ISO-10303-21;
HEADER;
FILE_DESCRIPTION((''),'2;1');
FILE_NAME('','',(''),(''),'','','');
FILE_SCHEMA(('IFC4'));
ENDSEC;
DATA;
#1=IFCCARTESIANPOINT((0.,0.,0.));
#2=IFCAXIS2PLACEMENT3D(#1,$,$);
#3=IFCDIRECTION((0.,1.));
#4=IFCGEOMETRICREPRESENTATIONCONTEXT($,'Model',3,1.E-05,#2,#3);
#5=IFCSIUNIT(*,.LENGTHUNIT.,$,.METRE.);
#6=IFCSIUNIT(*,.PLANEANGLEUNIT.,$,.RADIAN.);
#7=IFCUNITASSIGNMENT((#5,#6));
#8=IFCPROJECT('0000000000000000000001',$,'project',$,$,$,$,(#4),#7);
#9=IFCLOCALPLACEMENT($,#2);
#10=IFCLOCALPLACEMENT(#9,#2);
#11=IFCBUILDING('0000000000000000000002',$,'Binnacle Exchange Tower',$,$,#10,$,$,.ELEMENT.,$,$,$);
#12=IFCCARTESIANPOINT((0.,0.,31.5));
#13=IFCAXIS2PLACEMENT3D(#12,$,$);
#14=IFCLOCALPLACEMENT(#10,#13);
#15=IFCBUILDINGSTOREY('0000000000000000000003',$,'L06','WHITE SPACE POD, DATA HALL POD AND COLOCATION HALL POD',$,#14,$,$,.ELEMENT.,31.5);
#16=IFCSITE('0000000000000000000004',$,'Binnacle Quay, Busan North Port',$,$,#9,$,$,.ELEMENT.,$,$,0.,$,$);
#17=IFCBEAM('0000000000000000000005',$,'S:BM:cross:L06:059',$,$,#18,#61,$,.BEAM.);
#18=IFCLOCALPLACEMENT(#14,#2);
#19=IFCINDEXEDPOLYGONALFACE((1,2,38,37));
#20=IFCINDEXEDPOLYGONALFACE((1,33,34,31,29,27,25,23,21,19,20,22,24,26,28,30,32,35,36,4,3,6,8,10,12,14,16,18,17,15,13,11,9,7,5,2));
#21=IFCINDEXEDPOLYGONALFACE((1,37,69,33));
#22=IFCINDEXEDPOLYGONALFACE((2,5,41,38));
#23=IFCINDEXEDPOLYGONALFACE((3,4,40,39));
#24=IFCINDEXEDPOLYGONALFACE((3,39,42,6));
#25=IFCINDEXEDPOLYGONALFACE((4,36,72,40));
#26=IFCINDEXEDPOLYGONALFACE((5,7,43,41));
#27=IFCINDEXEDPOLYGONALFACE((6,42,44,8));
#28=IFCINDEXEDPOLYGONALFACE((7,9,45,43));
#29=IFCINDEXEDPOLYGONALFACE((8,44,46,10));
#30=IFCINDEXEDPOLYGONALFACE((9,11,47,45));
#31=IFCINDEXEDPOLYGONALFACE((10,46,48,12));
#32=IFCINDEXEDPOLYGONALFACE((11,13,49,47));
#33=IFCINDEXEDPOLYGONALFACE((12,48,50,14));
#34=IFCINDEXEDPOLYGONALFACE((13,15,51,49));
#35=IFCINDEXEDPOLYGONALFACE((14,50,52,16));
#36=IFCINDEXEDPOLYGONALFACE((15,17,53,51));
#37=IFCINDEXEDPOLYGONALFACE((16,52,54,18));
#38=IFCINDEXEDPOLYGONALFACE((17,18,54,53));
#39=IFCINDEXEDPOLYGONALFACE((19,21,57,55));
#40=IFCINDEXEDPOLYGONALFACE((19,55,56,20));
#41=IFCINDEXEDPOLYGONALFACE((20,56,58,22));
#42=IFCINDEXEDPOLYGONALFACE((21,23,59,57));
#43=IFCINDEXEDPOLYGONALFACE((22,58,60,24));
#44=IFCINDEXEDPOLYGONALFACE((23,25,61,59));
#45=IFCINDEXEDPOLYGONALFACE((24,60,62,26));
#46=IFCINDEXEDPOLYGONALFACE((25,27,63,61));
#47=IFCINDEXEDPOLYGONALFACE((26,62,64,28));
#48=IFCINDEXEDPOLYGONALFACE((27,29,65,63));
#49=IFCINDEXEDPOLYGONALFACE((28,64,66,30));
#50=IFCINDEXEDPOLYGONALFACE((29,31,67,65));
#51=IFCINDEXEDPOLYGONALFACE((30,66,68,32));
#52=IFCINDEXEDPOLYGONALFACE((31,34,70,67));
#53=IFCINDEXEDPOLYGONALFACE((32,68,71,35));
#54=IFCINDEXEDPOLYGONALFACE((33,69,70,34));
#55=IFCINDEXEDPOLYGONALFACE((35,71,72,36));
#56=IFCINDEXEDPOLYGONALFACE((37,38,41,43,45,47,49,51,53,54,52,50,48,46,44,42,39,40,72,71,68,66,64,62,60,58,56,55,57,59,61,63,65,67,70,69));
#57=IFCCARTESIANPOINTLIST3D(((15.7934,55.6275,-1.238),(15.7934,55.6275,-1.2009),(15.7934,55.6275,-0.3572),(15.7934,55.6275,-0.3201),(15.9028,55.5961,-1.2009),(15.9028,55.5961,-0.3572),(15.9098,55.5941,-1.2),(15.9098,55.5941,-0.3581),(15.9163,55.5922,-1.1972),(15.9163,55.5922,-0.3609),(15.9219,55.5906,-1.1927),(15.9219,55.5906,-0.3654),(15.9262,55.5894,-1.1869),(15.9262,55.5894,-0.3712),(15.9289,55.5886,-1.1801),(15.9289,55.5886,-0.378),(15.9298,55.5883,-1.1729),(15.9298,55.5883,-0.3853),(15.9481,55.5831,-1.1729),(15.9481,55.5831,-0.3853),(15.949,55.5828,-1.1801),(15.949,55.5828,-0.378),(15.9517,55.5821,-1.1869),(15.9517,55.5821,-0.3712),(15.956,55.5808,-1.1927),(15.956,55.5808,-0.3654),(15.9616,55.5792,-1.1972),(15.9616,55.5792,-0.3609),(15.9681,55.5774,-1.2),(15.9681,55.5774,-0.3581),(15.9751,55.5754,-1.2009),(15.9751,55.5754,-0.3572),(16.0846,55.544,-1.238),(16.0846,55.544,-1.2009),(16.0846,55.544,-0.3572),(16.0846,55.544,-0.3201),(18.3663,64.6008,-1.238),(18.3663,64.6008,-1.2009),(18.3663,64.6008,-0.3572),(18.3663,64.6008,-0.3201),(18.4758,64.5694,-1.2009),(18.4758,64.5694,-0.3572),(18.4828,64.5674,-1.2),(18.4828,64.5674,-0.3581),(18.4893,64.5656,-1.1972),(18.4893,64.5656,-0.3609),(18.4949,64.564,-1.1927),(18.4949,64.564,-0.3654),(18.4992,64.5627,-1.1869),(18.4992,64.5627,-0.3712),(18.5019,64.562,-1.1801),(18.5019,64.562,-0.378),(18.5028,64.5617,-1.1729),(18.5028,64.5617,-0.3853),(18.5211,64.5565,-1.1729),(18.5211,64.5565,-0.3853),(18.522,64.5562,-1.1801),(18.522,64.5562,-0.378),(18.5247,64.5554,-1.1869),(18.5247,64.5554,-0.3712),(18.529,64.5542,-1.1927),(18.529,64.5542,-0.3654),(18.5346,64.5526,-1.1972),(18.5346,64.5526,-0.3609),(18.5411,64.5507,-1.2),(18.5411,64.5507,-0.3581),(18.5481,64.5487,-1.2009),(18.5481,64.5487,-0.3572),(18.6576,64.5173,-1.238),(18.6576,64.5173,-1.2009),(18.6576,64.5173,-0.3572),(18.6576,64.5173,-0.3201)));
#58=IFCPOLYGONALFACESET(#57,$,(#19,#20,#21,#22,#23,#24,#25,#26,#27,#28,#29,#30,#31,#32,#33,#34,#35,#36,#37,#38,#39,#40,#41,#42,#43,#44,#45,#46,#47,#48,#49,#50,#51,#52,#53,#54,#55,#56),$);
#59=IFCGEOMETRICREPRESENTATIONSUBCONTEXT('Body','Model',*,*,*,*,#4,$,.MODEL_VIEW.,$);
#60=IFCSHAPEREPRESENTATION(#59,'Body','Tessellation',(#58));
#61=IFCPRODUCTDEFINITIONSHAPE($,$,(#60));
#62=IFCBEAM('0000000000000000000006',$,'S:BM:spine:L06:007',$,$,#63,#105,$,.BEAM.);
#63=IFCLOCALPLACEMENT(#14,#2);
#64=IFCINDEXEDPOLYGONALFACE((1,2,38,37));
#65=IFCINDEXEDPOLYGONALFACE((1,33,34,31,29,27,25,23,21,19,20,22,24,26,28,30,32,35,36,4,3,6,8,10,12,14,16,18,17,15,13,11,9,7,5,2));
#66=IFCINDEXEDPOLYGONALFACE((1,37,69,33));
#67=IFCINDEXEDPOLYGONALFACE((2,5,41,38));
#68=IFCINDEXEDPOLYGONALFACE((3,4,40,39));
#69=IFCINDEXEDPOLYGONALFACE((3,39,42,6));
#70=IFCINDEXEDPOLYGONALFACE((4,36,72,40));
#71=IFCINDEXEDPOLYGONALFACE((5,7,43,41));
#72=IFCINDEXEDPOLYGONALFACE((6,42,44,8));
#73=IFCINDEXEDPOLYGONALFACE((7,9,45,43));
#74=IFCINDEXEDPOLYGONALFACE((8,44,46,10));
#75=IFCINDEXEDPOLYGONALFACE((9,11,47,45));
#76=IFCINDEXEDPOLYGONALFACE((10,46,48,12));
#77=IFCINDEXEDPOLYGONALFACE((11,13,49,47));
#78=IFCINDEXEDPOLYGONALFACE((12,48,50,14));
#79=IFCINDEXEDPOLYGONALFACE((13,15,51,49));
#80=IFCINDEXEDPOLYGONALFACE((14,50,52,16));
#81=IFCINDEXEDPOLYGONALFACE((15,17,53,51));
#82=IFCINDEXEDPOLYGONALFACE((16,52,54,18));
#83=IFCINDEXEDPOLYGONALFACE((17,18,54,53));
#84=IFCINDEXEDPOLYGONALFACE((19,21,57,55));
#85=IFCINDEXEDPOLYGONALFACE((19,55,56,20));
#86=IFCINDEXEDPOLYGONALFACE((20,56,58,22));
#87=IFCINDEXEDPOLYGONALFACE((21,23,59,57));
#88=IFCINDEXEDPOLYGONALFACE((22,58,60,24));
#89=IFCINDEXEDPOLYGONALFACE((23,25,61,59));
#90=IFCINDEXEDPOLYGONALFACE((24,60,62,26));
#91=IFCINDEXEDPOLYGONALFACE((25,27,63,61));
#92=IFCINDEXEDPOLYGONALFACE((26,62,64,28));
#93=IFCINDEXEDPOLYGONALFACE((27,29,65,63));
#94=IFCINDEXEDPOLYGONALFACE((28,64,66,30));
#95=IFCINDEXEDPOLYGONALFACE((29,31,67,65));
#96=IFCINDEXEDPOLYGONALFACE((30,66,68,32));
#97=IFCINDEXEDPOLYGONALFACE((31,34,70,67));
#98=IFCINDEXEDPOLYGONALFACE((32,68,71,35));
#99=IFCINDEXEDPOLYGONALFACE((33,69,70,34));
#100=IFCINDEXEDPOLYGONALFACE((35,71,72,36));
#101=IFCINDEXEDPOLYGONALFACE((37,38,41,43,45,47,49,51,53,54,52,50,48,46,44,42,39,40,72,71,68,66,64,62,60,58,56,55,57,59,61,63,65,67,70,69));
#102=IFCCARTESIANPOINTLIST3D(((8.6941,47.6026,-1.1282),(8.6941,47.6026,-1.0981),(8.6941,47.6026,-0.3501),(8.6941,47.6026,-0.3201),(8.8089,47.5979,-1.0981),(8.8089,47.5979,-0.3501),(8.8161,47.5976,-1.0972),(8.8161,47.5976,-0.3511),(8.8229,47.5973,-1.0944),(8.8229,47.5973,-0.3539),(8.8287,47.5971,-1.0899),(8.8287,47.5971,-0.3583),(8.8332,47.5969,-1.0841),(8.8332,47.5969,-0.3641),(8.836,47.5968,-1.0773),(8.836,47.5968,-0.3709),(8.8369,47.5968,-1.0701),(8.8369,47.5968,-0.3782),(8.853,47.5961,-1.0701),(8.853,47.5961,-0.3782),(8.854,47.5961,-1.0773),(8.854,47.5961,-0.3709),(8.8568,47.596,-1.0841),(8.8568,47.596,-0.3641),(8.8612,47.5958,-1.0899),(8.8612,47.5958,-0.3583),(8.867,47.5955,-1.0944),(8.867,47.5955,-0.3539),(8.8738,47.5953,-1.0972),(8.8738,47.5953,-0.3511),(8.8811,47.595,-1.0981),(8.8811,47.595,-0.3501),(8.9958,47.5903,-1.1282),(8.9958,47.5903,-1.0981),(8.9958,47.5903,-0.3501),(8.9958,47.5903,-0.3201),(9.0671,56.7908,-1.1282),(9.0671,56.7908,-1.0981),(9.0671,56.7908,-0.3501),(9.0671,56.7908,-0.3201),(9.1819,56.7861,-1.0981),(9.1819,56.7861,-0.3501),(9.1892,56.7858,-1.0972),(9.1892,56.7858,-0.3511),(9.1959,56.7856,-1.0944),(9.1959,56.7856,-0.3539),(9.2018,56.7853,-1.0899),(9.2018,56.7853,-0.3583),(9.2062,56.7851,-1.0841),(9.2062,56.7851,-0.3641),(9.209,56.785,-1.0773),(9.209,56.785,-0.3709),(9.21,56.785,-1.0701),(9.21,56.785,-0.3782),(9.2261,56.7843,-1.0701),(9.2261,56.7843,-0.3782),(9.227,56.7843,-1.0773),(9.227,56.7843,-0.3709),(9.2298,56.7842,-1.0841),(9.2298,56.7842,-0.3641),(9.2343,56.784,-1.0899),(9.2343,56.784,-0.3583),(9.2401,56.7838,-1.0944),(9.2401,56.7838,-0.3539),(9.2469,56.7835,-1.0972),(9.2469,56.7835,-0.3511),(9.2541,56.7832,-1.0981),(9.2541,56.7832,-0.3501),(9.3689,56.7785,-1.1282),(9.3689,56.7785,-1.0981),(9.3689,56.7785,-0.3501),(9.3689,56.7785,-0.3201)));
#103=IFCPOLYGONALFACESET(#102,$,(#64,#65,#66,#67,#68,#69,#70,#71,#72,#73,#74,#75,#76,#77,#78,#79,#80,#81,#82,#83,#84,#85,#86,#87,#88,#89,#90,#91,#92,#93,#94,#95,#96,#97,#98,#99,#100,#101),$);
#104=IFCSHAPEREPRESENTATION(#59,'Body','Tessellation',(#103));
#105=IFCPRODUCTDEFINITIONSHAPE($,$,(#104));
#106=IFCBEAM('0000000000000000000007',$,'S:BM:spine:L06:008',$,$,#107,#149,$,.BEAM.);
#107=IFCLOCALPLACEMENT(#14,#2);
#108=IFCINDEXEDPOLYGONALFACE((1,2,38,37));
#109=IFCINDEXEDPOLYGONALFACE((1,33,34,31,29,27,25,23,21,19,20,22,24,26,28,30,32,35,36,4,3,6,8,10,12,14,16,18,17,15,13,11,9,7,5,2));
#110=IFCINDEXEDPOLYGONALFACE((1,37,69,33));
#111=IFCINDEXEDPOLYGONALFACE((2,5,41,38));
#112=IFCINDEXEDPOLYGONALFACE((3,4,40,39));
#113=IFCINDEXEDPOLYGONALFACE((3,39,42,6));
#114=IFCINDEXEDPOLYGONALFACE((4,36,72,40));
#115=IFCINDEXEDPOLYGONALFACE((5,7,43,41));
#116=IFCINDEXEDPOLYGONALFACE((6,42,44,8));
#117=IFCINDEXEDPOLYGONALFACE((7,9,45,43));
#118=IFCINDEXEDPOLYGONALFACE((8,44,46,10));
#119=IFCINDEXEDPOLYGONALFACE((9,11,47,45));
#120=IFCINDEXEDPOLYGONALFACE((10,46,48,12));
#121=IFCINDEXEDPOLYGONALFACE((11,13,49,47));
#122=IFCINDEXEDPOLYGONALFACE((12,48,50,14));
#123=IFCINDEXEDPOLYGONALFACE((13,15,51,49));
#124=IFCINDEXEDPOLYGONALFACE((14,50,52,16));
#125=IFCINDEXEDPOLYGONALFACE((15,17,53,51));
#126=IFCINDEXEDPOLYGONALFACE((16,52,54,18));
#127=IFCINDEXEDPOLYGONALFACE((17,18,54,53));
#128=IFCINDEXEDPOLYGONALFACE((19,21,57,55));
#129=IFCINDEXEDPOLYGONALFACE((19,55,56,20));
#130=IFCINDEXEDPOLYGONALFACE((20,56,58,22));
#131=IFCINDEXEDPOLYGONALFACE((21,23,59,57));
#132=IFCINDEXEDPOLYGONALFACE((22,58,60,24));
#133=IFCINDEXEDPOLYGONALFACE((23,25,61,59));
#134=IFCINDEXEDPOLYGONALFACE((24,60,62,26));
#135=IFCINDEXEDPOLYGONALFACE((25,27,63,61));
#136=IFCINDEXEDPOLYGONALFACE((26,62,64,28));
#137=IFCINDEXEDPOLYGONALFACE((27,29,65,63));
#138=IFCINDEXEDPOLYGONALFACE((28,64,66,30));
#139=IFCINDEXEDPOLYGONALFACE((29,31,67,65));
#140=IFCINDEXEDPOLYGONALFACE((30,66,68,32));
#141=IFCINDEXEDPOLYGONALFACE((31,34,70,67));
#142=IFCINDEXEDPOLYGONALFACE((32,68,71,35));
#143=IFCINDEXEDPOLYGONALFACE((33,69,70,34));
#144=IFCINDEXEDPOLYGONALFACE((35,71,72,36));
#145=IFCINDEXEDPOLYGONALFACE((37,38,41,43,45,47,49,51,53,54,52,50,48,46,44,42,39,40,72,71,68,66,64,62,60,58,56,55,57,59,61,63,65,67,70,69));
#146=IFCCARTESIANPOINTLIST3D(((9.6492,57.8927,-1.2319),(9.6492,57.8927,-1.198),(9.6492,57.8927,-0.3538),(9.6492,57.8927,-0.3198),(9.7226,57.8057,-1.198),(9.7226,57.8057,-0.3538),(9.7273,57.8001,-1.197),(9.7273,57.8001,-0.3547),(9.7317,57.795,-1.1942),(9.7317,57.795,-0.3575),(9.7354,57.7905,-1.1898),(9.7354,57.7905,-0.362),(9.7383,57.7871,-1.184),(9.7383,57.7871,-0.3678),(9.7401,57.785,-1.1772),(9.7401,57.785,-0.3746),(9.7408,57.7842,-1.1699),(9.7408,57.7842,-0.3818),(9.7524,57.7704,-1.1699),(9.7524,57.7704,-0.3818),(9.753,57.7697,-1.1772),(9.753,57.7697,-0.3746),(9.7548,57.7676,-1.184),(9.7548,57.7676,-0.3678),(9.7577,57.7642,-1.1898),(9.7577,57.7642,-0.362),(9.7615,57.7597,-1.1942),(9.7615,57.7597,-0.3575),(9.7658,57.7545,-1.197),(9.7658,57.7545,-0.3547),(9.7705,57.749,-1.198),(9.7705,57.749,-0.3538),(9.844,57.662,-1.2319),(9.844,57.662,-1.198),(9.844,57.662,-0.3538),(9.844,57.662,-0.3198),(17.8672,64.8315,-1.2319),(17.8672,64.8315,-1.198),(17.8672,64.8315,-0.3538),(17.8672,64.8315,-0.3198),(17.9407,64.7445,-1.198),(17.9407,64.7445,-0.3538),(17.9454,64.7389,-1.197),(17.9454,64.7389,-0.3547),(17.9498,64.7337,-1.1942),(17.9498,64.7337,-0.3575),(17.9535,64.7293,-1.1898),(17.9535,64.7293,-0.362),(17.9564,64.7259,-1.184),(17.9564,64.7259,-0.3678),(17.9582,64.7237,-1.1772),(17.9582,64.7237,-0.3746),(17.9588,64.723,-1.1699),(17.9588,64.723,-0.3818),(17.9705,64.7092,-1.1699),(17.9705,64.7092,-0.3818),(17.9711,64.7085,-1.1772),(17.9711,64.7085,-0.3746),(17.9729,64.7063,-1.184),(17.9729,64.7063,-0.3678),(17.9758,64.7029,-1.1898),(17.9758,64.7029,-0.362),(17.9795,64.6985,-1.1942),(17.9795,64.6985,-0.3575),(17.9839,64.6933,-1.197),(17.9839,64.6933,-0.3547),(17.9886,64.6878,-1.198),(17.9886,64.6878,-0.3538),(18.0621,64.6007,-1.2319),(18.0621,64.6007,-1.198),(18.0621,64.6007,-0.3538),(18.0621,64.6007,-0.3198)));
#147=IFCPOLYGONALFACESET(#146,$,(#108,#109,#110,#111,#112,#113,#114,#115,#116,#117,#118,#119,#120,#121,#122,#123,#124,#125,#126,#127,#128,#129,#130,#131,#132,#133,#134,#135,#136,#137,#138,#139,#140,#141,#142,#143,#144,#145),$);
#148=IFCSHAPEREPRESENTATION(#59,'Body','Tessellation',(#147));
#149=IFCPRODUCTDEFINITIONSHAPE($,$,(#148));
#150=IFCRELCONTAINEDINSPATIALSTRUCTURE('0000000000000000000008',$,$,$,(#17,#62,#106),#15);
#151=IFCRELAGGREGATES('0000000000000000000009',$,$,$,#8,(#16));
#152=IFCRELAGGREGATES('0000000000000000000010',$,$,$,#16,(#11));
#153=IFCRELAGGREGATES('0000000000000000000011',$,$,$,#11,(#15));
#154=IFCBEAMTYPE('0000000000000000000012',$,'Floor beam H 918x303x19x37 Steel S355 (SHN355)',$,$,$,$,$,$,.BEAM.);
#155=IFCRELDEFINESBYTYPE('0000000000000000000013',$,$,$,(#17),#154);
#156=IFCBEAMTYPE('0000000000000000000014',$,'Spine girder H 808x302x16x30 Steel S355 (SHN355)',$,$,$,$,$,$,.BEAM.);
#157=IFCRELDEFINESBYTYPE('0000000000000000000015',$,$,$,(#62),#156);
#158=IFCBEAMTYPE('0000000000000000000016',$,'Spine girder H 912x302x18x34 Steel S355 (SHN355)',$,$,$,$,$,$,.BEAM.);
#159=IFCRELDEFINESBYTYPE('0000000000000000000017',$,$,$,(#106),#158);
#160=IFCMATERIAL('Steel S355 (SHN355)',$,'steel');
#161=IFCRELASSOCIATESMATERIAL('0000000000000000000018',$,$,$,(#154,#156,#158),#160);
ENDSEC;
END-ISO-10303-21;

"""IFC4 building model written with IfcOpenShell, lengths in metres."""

from ifc_helpers import new_model, si_unit, direction, frame, origin, origin_2d, place, context, subcontext, project, spatial, i_section, extrude, material, material_profile, profile_set, type_object, element, save


model = new_model("IFC4")

# Units and contexts
model_context = context("Model", 3, precision=1e-05, world=origin(), true_north=direction((0.0, 1.0)))
body_context = subcontext(model_context, "Body", "Model", "MODEL_VIEW")
ifc_project = project(units=[si_unit("LENGTHUNIT", "METRE"), si_unit("PLANEANGLEUNIT", "RADIAN")], contexts=[model_context])

# Site, building, storey
site_placement = place(None, origin())
site = spatial("IfcSite", under=ifc_project, at=site_placement, Name="Binnacle Quay, Busan North Port", CompositionType="ELEMENT", RefElevation=0.0)
building_placement = place(site_placement, origin())
building = spatial("IfcBuilding", under=site, at=building_placement, Name="Binnacle Exchange Tower", CompositionType="ELEMENT")
storey_placement = place(building_placement, frame((0.0, 0.0, 31.5)))
storey = spatial("IfcBuildingStorey", under=building, at=storey_placement, Name="L06", Description="WHITE SPACE POD, DATA HALL POD AND COLOCATION HALL POD", CompositionType="ELEMENT", Elevation=31.5)

# Beams
ifc_material_1 = material(Name="Steel S355 (SHN355)", Category="steel")
ifc_material_profile_1 = material_profile(ifc_material_1, i_section(OverallWidth=0.303, OverallDepth=0.918, WebThickness=0.019, FlangeThickness=0.0371, FilletRadius=0.0281, at=origin_2d()), Name="H 918x303x19x37")
ifc_profile_set_1 = profile_set([ifc_material_profile_1], Name="Steel S355 (SHN355)")
beam_type_1 = type_object("IfcBeamType", Name="Floor beam H 918x303x19x37 Steel S355 (SHN355)", PredefinedType="BEAM", material=ifc_profile_set_1)
beam_1_placement = place(storey_placement, frame((18.512, 64.5591, -0.7791), z_axis=(-0.275629, -0.961264, 0.0), x_axis=(0.961264, -0.275629, 0.0)))
element("IfcBeam", 1, at=beam_1_placement, inside=storey, type_object=beam_type_1, Name="S:BM:cross:L06:059", PredefinedType="BEAM", context=body_context, shape_type="SweptSolid", body=[
    extrude(i_section(OverallWidth=0.303, OverallDepth=0.918, WebThickness=0.019, FlangeThickness=0.0371, FilletRadius=0.0281, at=origin_2d()), origin(), (0.0, 0.0, 1.0), 9.335),
])
ifc_material_profile_2 = material_profile(ifc_material_1, i_section(OverallWidth=0.302, OverallDepth=0.8081, WebThickness=0.0161, FlangeThickness=0.03, FilletRadius=0.0281, at=origin_2d()), Name="H 808x302x16x30")
ifc_profile_set_2 = profile_set([ifc_material_profile_2], Name="Steel S355 (SHN355)")
beam_type_2 = type_object("IfcBeamType", Name="Spine girder H 808x302x16x30 Steel S355 (SHN355)", PredefinedType="BEAM", material=ifc_profile_set_2)
beam_2_placement = place(storey_placement, frame((9.218, 56.7847, -0.7241), z_axis=(-0.040567, -0.999177, 0.0), x_axis=(0.999177, -0.040567, 0.0)))
element("IfcBeam", 2, at=beam_2_placement, inside=storey, type_object=beam_type_2, Name="S:BM:spine:L06:007", PredefinedType="BEAM", context=body_context, shape_type="SweptSolid", body=[
    extrude(i_section(OverallWidth=0.302, OverallDepth=0.8081, WebThickness=0.0161, FlangeThickness=0.03, FilletRadius=0.0281, at=origin_2d()), origin(), (0.0, 0.0, 1.0), 9.1958),
])
ifc_material_profile_3 = material_profile(ifc_material_1, i_section(OverallWidth=0.302, OverallDepth=0.9121, WebThickness=0.0181, FlangeThickness=0.0339, FilletRadius=0.0281, at=origin_2d()), Name="H 912x302x18x34")
ifc_profile_set_3 = profile_set([ifc_material_profile_3], Name="Steel S355 (SHN355)")
beam_type_3 = type_object("IfcBeamType", Name="Spine girder H 912x302x18x34 Steel S355 (SHN355)", PredefinedType="BEAM", material=ifc_profile_set_3)
beam_3_placement = place(storey_placement, frame((9.7466, 57.7773, -0.7759), z_axis=(0.764073, 0.64513, 0.0), x_axis=(-0.64513, 0.764073, 0.0)))
element("IfcBeam", 3, at=beam_3_placement, inside=storey, type_object=beam_type_3, Name="S:BM:spine:L06:008", PredefinedType="BEAM", context=body_context, shape_type="SweptSolid", body=[
    extrude(i_section(OverallWidth=0.302, OverallDepth=0.9121, WebThickness=0.0181, FlangeThickness=0.0339, FilletRadius=0.0281, at=origin_2d()), origin(), (0.0, 0.0, 1.0), 10.7556),
])

save(model, "model.ifc")
